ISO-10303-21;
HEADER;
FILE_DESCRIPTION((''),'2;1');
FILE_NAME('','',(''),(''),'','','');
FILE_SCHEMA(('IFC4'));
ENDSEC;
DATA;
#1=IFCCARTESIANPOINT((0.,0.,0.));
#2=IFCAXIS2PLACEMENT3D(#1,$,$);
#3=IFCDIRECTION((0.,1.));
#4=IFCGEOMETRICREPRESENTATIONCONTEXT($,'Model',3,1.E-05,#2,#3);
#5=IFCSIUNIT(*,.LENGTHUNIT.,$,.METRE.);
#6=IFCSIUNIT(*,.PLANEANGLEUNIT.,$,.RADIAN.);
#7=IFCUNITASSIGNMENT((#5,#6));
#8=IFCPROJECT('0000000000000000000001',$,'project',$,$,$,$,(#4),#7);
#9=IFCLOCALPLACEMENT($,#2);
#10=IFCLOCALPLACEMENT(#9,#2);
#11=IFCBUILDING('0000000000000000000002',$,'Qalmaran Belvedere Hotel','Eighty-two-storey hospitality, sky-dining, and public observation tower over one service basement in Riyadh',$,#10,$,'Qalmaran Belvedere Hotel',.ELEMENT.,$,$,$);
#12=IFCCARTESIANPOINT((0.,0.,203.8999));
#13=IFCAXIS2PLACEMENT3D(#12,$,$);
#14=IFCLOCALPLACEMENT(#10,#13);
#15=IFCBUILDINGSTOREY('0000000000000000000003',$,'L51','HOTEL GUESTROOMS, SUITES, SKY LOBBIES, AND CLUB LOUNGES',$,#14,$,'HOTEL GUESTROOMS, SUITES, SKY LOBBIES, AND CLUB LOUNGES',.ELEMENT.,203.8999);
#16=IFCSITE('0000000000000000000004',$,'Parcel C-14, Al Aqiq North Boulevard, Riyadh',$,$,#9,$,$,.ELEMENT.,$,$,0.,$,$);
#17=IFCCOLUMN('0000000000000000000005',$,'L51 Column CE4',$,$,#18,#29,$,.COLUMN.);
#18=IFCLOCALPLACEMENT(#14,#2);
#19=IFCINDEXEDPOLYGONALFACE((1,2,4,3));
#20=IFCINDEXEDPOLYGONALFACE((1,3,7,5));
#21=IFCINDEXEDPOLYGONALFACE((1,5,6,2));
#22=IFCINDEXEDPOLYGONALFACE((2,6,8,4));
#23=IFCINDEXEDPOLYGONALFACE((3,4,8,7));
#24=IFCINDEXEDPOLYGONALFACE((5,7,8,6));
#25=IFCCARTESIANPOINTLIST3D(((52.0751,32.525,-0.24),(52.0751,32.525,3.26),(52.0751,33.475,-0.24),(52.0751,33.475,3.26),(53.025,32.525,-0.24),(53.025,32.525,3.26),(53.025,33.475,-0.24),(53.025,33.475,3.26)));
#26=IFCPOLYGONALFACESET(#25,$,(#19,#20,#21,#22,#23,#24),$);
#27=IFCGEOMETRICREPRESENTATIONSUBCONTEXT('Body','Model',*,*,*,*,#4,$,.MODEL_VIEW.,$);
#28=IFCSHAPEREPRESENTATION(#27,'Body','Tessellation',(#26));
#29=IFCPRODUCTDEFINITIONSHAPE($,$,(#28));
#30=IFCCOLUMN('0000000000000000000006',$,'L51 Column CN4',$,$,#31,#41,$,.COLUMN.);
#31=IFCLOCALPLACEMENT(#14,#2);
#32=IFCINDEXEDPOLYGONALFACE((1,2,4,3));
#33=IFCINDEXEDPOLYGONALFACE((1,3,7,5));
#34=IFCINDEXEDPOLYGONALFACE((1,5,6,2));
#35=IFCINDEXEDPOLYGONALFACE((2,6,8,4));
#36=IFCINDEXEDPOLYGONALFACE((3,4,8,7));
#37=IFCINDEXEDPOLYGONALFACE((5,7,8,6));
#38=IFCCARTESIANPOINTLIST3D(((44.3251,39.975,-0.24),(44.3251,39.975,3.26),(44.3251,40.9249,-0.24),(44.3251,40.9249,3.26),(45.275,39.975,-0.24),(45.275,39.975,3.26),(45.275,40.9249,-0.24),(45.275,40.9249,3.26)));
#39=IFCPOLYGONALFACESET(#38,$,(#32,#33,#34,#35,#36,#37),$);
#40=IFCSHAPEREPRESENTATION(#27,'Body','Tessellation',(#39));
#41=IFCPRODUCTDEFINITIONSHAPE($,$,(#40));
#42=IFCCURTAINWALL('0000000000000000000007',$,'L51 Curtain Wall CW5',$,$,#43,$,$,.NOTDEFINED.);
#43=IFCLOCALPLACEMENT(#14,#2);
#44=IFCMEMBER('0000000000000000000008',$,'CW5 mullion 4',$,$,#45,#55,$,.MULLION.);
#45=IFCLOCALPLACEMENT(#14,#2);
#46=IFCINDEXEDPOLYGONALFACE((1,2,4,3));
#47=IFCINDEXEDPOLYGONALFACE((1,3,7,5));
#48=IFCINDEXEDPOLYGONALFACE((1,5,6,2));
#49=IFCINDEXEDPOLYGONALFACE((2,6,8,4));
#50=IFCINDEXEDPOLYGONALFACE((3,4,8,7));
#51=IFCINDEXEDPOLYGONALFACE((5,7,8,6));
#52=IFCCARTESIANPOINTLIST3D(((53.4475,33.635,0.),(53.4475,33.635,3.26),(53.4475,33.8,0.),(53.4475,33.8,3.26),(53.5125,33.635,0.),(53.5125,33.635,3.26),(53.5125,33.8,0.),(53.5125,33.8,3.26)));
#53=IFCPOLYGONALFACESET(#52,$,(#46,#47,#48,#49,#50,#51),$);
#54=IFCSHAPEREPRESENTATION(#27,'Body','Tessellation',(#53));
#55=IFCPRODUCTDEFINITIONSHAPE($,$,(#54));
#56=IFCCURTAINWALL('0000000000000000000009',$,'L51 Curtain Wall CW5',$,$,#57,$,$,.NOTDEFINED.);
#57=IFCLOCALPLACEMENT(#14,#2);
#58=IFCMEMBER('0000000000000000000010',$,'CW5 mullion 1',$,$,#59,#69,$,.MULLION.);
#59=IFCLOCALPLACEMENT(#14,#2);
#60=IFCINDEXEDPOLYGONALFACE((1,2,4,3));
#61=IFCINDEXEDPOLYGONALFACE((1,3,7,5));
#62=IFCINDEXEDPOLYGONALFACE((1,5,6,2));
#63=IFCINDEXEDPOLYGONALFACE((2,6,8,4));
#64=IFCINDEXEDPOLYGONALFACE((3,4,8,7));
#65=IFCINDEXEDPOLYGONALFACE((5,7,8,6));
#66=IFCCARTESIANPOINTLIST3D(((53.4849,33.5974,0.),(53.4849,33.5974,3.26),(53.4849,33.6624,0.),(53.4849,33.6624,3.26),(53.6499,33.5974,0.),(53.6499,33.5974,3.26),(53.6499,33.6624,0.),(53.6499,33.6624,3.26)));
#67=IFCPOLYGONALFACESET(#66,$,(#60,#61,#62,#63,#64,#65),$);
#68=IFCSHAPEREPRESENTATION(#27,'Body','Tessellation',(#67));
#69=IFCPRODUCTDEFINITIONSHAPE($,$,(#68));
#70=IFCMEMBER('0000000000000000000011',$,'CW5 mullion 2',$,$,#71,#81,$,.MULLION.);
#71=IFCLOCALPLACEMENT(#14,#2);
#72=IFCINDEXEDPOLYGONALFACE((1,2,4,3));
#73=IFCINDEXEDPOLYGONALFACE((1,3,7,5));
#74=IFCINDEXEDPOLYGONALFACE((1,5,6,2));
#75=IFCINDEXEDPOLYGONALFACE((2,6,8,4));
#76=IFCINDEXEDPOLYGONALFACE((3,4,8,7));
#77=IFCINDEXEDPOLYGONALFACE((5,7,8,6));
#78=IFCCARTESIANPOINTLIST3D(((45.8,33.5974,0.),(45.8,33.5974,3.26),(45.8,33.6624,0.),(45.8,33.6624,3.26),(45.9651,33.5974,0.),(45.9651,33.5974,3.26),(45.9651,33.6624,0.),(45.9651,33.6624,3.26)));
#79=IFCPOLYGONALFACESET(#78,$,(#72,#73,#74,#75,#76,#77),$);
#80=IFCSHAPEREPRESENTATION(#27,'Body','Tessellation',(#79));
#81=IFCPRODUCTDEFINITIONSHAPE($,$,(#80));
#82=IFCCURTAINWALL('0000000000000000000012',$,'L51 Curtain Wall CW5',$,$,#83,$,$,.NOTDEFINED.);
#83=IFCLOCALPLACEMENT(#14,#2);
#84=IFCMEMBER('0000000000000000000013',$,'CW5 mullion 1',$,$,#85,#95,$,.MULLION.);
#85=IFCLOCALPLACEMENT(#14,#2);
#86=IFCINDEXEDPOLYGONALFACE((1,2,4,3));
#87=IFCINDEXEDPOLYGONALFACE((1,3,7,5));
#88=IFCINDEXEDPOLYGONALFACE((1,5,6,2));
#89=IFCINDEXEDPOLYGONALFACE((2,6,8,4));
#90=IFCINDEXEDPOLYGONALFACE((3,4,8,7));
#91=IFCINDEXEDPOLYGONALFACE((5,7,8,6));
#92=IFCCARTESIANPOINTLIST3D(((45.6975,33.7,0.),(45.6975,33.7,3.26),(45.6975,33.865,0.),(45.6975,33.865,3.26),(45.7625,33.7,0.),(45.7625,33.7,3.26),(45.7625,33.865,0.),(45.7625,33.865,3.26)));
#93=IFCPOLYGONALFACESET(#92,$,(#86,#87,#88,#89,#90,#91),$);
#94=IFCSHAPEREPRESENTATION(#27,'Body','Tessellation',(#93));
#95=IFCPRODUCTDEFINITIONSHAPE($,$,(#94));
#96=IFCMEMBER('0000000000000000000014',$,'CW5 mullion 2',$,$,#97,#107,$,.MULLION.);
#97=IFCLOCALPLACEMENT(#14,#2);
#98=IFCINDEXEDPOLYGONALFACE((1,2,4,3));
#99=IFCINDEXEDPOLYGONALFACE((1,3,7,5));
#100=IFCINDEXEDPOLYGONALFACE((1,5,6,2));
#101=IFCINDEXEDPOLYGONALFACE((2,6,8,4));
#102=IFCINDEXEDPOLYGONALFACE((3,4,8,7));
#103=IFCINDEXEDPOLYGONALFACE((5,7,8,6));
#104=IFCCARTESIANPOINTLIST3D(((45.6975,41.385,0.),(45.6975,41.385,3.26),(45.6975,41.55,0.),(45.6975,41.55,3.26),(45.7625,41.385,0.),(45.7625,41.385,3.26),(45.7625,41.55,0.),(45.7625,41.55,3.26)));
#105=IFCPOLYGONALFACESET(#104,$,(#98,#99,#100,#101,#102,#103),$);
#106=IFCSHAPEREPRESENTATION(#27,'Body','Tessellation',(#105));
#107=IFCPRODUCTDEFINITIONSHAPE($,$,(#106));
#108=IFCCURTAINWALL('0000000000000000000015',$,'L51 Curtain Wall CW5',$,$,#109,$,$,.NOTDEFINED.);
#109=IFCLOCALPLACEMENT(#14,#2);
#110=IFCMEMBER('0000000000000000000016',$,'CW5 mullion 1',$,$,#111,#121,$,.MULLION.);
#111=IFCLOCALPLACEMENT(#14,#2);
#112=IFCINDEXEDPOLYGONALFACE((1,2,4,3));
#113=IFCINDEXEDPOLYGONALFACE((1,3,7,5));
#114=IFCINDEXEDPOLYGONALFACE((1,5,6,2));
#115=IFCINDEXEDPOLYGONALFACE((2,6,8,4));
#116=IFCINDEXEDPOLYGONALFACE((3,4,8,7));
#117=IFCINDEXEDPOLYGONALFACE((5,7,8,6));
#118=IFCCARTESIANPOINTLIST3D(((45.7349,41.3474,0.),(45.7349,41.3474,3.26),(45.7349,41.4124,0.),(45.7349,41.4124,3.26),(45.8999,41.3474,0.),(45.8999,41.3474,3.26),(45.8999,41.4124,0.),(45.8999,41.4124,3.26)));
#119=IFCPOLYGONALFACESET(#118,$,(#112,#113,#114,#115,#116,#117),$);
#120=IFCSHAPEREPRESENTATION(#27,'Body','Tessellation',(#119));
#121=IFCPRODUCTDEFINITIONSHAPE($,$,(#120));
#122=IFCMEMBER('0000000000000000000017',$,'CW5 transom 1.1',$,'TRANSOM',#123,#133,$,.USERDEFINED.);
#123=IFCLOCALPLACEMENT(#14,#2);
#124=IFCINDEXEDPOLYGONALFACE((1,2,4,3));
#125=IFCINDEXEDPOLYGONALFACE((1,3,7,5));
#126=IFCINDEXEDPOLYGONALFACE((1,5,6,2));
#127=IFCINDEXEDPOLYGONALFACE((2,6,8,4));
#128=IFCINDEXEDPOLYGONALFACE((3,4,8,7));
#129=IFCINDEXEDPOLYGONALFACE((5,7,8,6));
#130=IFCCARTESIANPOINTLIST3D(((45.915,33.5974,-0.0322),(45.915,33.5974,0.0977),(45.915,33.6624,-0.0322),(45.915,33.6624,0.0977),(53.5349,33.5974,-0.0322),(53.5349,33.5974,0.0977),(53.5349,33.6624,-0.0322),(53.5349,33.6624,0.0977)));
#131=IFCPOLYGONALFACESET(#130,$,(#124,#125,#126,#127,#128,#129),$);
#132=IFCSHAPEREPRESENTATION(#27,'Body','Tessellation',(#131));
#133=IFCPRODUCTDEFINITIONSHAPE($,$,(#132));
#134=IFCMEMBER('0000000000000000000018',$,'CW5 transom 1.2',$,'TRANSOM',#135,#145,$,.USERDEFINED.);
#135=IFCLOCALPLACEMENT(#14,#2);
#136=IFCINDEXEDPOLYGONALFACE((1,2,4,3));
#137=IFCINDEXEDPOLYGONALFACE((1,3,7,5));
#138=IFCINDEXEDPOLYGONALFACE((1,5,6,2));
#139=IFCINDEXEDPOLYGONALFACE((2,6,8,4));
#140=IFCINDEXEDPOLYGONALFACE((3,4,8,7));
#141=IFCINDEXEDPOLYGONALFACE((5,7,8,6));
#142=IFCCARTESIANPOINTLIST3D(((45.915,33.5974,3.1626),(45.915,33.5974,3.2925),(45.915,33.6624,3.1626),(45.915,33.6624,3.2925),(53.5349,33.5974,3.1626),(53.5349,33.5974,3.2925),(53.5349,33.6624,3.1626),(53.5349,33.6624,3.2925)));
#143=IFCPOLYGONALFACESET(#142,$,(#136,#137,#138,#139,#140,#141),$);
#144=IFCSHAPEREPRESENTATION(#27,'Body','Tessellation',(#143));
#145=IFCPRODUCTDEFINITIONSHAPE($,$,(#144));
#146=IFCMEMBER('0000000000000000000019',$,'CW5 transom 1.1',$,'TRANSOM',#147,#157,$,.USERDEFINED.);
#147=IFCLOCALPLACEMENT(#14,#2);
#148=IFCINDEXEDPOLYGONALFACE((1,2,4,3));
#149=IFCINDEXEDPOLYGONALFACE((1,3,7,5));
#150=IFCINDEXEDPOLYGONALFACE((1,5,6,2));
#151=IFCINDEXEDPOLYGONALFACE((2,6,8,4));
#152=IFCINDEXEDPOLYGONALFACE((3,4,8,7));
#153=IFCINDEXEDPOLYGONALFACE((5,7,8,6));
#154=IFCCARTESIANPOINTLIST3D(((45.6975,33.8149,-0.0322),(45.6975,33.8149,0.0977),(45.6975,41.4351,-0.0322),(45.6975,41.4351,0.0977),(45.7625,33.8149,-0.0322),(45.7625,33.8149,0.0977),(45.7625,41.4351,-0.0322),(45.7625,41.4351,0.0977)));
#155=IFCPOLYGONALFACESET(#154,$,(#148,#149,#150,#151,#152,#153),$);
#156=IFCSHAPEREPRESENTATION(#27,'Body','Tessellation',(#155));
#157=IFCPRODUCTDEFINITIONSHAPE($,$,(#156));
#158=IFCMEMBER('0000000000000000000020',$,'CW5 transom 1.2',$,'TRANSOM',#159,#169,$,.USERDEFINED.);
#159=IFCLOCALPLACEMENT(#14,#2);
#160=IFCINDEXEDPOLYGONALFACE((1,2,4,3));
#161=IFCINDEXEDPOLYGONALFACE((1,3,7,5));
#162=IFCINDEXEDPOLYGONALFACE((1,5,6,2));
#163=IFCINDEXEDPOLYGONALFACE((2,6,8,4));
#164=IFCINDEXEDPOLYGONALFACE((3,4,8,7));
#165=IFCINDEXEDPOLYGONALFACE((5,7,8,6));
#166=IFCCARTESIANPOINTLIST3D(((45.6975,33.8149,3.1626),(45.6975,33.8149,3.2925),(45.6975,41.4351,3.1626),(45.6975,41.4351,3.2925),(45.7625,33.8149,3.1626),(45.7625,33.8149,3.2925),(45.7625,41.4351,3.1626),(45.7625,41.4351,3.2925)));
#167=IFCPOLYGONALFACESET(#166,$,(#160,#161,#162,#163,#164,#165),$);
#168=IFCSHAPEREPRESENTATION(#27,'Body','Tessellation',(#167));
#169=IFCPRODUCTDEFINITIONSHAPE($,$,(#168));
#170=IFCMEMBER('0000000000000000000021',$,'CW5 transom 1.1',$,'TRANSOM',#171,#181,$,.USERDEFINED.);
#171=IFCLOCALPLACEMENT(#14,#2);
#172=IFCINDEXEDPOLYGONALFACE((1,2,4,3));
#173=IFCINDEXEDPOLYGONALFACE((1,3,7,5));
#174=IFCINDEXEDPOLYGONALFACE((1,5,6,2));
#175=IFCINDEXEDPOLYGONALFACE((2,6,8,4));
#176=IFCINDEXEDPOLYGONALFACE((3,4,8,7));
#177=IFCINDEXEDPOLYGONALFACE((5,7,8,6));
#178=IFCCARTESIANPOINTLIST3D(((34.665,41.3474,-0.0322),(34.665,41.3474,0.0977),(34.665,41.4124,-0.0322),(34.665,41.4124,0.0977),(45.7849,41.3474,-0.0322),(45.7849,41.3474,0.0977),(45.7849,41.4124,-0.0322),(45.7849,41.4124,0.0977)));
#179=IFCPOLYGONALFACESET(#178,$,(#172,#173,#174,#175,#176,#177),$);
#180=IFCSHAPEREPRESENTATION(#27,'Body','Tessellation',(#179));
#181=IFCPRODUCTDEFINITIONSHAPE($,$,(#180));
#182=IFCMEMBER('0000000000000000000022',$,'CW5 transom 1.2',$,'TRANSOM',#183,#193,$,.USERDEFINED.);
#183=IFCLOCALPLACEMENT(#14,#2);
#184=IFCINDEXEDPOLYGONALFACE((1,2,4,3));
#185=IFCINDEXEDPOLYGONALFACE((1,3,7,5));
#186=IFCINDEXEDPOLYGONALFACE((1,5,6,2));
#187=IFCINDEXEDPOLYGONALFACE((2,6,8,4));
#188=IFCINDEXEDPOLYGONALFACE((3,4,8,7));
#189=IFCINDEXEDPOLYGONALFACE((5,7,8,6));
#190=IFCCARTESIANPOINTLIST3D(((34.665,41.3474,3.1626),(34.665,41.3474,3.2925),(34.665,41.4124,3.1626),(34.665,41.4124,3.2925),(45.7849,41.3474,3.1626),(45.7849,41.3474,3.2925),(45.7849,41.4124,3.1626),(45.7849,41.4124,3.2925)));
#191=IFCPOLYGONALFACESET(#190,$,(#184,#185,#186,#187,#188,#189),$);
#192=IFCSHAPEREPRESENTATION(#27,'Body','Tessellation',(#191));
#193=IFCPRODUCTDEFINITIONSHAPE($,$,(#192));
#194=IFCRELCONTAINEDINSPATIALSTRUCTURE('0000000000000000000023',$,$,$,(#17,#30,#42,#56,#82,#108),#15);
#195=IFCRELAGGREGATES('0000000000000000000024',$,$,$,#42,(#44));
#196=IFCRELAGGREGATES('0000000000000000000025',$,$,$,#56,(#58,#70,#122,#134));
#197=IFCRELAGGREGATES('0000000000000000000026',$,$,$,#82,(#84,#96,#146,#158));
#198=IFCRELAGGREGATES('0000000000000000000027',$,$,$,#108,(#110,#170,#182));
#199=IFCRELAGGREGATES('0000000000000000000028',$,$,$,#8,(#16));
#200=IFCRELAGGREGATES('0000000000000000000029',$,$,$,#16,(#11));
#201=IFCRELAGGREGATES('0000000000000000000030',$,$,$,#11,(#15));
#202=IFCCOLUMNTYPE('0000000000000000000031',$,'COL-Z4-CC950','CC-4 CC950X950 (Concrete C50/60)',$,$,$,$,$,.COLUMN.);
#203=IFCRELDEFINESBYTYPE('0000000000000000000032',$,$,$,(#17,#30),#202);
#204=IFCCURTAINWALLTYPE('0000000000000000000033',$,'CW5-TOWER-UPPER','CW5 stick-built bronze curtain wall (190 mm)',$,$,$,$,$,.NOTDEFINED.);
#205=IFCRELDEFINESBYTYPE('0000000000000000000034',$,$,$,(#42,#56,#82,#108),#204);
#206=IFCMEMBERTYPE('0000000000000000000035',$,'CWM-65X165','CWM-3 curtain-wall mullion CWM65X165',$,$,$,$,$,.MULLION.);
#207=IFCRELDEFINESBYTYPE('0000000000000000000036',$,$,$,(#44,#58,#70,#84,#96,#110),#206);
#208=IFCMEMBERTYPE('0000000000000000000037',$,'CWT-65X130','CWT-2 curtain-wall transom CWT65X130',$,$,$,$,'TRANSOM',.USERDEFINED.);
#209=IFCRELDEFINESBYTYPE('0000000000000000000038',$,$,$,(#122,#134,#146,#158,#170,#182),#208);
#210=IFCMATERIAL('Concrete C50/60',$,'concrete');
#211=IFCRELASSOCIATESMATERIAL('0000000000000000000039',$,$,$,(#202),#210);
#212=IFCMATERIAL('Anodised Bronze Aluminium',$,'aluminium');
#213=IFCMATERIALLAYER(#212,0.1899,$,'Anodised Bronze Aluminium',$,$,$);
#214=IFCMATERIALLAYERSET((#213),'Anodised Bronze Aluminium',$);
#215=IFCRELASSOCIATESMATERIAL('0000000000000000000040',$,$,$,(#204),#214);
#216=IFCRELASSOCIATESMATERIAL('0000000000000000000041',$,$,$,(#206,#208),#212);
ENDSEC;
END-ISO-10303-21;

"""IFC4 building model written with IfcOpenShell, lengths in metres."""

from ifc_helpers import new_model, si_unit, direction, frame, origin, origin_2d, place, context, subcontext, project, spatial, rectangle, extrude, material, layer, layer_set, material_profile, profile_set, type_object, element, aggregate, save


model = new_model("IFC4")

# Units and contexts
model_context = context("Model", 3, precision=1e-05, world=origin(), true_north=direction((0.0, 1.0)))
body_context = subcontext(model_context, "Body", "Model", "MODEL_VIEW")
ifc_project = project(units=[si_unit("LENGTHUNIT", "METRE"), si_unit("PLANEANGLEUNIT", "RADIAN")], contexts=[model_context])

# Site, building, storey
site_placement = place(None, origin())
site = spatial("IfcSite", under=ifc_project, at=site_placement, Name="Parcel C-14, Al Aqiq North Boulevard, Riyadh", CompositionType="ELEMENT", RefElevation=0.0)
building_placement = place(site_placement, origin())
building = spatial("IfcBuilding", under=site, at=building_placement, Name="Qalmaran Belvedere Hotel", Description="Eighty-two-storey hospitality, sky-dining, and public observation tower over one service basement in Riyadh", LongName="Qalmaran Belvedere Hotel", CompositionType="ELEMENT")
storey_placement = place(building_placement, frame((0.0, 0.0, 203.8999)))
storey = spatial("IfcBuildingStorey", under=building, at=storey_placement, Name="L51", Description="HOTEL GUESTROOMS, SUITES, SKY LOBBIES, AND CLUB LOUNGES", LongName="HOTEL GUESTROOMS, SUITES, SKY LOBBIES, AND CLUB LOUNGES", CompositionType="ELEMENT", Elevation=203.8999)

# Columns
ifc_material_1 = material(Name="Concrete C50/60", Category="concrete")
ifc_material_profile_1 = material_profile(ifc_material_1, rectangle(XDim=0.95, YDim=0.95, at=origin_2d()), Name="CC950X950")
ifc_profile_set_1 = profile_set([ifc_material_profile_1], Name="Concrete C50/60")
column_type = type_object("IfcColumnType", Name="COL-Z4-CC950", Description="CC-4 CC950X950 (Concrete C50/60)", PredefinedType="COLUMN", material=ifc_profile_set_1)
for number, where, z_axis, x_axis, name in (
    (1, (52.55, 33.0, -0.24), (0.0, 0.0, 1.0), (1.0, 0.0, 0.0), "L51 Column CE4"),
    (2, (44.8, 40.45, -0.24), (0.0, 0.0, 1.0), (1.0, 0.0, 0.0), "L51 Column CN4"),
):
    element("IfcColumn", number, at=place(storey_placement, frame(where, z_axis=z_axis, x_axis=x_axis)), inside=storey, type_object=column_type, Name=name, PredefinedType="COLUMN", context=body_context, shape_type="SweptSolid", body=[
        extrude(rectangle(XDim=0.95, YDim=0.95, at=origin_2d()), origin(), (0.0, 0.0, 1.0), 3.5),
    ])

# Curtain wall, member
ifc_material_2 = material(Name="Anodised Bronze Aluminium", Category="aluminium")
ifc_layer_1 = layer(ifc_material_2, 0.1899, Name="Anodised Bronze Aluminium")
ifc_layer_set_1 = layer_set([ifc_layer_1], Name="Anodised Bronze Aluminium")
curtain_wall_type = type_object("IfcCurtainWallType", Name="CW5-TOWER-UPPER", Description="CW5 stick-built bronze curtain wall (190 mm)", PredefinedType="NOTDEFINED", material=ifc_layer_set_1)
curtain_wall_1_placement = place(storey_placement, origin())
curtain_wall_1 = element("IfcCurtainWall", 3, at=curtain_wall_1_placement, inside=storey, type_object=curtain_wall_type, Name="L51 Curtain Wall CW5", PredefinedType="NOTDEFINED")
ifc_material_profile_2 = material_profile(ifc_material_2, rectangle(XDim=0.0649, YDim=0.165, at=origin_2d()), Name="CWM65X165")
ifc_profile_set_2 = profile_set([ifc_material_profile_2], Name="Anodised Bronze Aluminium")
member_type_1 = type_object("IfcMemberType", Name="CWM-65X165", Description="CWM-3 curtain-wall mullion CWM65X165", PredefinedType="MULLION", material=ifc_profile_set_2)
member_1_placement = place(storey_placement, frame((53.48, 33.7175, 0.0), z_axis=(0.0, 0.0, 1.0), x_axis=(-1.0, 0.0, 0.0)))
member_1 = element("IfcMember", 4, at=member_1_placement, type_object=member_type_1, Name="CW5 mullion 4", PredefinedType="MULLION", context=body_context, shape_type="SweptSolid", body=[
    extrude(rectangle(XDim=0.0649, YDim=0.165, at=origin_2d()), origin(), (0.0, 0.0, 1.0), 3.26),
])
aggregate(curtain_wall_1, [member_1])

# Curtain walls, members
curtain_wall_2_placement = place(storey_placement, origin())
curtain_wall_2 = element("IfcCurtainWall", 5, at=curtain_wall_2_placement, inside=storey, type_object=curtain_wall_type, Name="L51 Curtain Wall CW5", PredefinedType="NOTDEFINED")
member_2_placement = place(storey_placement, frame((53.5674, 33.6299, 0.0), z_axis=(0.0, 0.0, 1.0), x_axis=(0.0, -1.0, 0.0)))
member_2 = element("IfcMember", 6, at=member_2_placement, type_object=member_type_1, Name="CW5 mullion 1", PredefinedType="MULLION", context=body_context, shape_type="SweptSolid", body=[
    extrude(rectangle(XDim=0.0649, YDim=0.165, at=origin_2d()), origin(), (0.0, 0.0, 1.0), 3.26),
])
member_3_placement = place(storey_placement, frame((45.8826, 33.6299, 0.0), z_axis=(0.0, 0.0, 1.0), x_axis=(0.0, -1.0, 0.0)))
member_3 = element("IfcMember", 7, at=member_3_placement, type_object=member_type_1, Name="CW5 mullion 2", PredefinedType="MULLION", context=body_context, shape_type="SweptSolid", body=[
    extrude(rectangle(XDim=0.0649, YDim=0.165, at=origin_2d()), origin(), (0.0, 0.0, 1.0), 3.26),
])
curtain_wall_3_placement = place(storey_placement, origin())
curtain_wall_3 = element("IfcCurtainWall", 8, at=curtain_wall_3_placement, inside=storey, type_object=curtain_wall_type, Name="L51 Curtain Wall CW5", PredefinedType="NOTDEFINED")
member_4_placement = place(storey_placement, frame((45.73, 33.7825, 0.0), z_axis=(0.0, 0.0, 1.0), x_axis=(-1.0, 0.0, 0.0)))
member_4 = element("IfcMember", 9, at=member_4_placement, type_object=member_type_1, Name="CW5 mullion 1", PredefinedType="MULLION", context=body_context, shape_type="SweptSolid", body=[
    extrude(rectangle(XDim=0.0649, YDim=0.165, at=origin_2d()), origin(), (0.0, 0.0, 1.0), 3.26),
])
member_5_placement = place(storey_placement, frame((45.73, 41.4675, 0.0), z_axis=(0.0, 0.0, 1.0), x_axis=(-1.0, 0.0, 0.0)))
member_5 = element("IfcMember", 10, at=member_5_placement, type_object=member_type_1, Name="CW5 mullion 2", PredefinedType="MULLION", context=body_context, shape_type="SweptSolid", body=[
    extrude(rectangle(XDim=0.0649, YDim=0.165, at=origin_2d()), origin(), (0.0, 0.0, 1.0), 3.26),
])

# Curtain wall, member
curtain_wall_4_placement = place(storey_placement, origin())
curtain_wall_4 = element("IfcCurtainWall", 11, at=curtain_wall_4_placement, inside=storey, type_object=curtain_wall_type, Name="L51 Curtain Wall CW5", PredefinedType="NOTDEFINED")
member_6_placement = place(storey_placement, frame((45.8174, 41.3799, 0.0), z_axis=(0.0, 0.0, 1.0), x_axis=(0.0, -1.0, 0.0)))
member_6 = element("IfcMember", 12, at=member_6_placement, type_object=member_type_1, Name="CW5 mullion 1", PredefinedType="MULLION", context=body_context, shape_type="SweptSolid", body=[
    extrude(rectangle(XDim=0.0649, YDim=0.165, at=origin_2d()), origin(), (0.0, 0.0, 1.0), 3.26),
])

# Members
ifc_material_profile_3 = material_profile(ifc_material_2, rectangle(XDim=0.0649, YDim=0.1299, at=origin_2d()), Name="CWT65X130")
ifc_profile_set_3 = profile_set([ifc_material_profile_3], Name="Anodised Bronze Aluminium")
member_type_2 = type_object("IfcMemberType", Name="CWT-65X130", Description="CWT-2 curtain-wall transom CWT65X130", ElementType="TRANSOM", PredefinedType="USERDEFINED", material=ifc_profile_set_3)
member_7_placement = place(storey_placement, frame((53.5349, 33.6299, 0.0327), z_axis=(-1.0, 0.0, 0.0), x_axis=(0.0, -1.0, 0.0)))
member_7 = element("IfcMember", 13, at=member_7_placement, type_object=member_type_2, Name="CW5 transom 1.1", ObjectType="TRANSOM", PredefinedType="USERDEFINED", context=body_context, shape_type="SweptSolid", body=[
    extrude(rectangle(XDim=0.0649, YDim=0.1299, at=origin_2d()), origin(), (0.0, 0.0, 1.0), 7.6199),
])
member_8_placement = place(storey_placement, frame((53.5349, 33.6299, 3.2275), z_axis=(-1.0, 0.0, 0.0), x_axis=(0.0, -1.0, 0.0)))
member_8 = element("IfcMember", 14, at=member_8_placement, type_object=member_type_2, Name="CW5 transom 1.2", ObjectType="TRANSOM", PredefinedType="USERDEFINED", context=body_context, shape_type="SweptSolid", body=[
    extrude(rectangle(XDim=0.0649, YDim=0.1299, at=origin_2d()), origin(), (0.0, 0.0, 1.0), 7.6199),
])
member_9_placement = place(storey_placement, frame((45.73, 33.8149, 0.0327), z_axis=(0.0, 1.0, 0.0), x_axis=(-1.0, 0.0, 0.0)))
member_9 = element("IfcMember", 15, at=member_9_placement, type_object=member_type_2, Name="CW5 transom 1.1", ObjectType="TRANSOM", PredefinedType="USERDEFINED", context=body_context, shape_type="SweptSolid", body=[
    extrude(rectangle(XDim=0.0649, YDim=0.1299, at=origin_2d()), origin(), (0.0, 0.0, 1.0), 7.6201),
])
member_10_placement = place(storey_placement, frame((45.73, 33.8149, 3.2275), z_axis=(0.0, 1.0, 0.0), x_axis=(-1.0, 0.0, 0.0)))
member_10 = element("IfcMember", 16, at=member_10_placement, type_object=member_type_2, Name="CW5 transom 1.2", ObjectType="TRANSOM", PredefinedType="USERDEFINED", context=body_context, shape_type="SweptSolid", body=[
    extrude(rectangle(XDim=0.0649, YDim=0.1299, at=origin_2d()), origin(), (0.0, 0.0, 1.0), 7.6201),
])
member_11_placement = place(storey_placement, frame((45.7849, 41.3799, 0.0327), z_axis=(-1.0, 0.0, 0.0), x_axis=(0.0, -1.0, 0.0)))
member_11 = element("IfcMember", 17, at=member_11_placement, type_object=member_type_2, Name="CW5 transom 1.1", ObjectType="TRANSOM", PredefinedType="USERDEFINED", context=body_context, shape_type="SweptSolid", body=[
    extrude(rectangle(XDim=0.0649, YDim=0.1299, at=origin_2d()), origin(), (0.0, 0.0, 1.0), 11.1199),
])
member_12_placement = place(storey_placement, frame((45.7849, 41.3799, 3.2275), z_axis=(-1.0, 0.0, 0.0), x_axis=(0.0, -1.0, 0.0)))
member_12 = element("IfcMember", 18, at=member_12_placement, type_object=member_type_2, Name="CW5 transom 1.2", ObjectType="TRANSOM", PredefinedType="USERDEFINED", context=body_context, shape_type="SweptSolid", body=[
    extrude(rectangle(XDim=0.0649, YDim=0.1299, at=origin_2d()), origin(), (0.0, 0.0, 1.0), 11.1199),
])

aggregate(curtain_wall_2, [member_2, member_3, member_7, member_8])
aggregate(curtain_wall_3, [member_4, member_5, member_9, member_10])
aggregate(curtain_wall_4, [member_6, member_11, member_12])

save(model, "model.ifc")
